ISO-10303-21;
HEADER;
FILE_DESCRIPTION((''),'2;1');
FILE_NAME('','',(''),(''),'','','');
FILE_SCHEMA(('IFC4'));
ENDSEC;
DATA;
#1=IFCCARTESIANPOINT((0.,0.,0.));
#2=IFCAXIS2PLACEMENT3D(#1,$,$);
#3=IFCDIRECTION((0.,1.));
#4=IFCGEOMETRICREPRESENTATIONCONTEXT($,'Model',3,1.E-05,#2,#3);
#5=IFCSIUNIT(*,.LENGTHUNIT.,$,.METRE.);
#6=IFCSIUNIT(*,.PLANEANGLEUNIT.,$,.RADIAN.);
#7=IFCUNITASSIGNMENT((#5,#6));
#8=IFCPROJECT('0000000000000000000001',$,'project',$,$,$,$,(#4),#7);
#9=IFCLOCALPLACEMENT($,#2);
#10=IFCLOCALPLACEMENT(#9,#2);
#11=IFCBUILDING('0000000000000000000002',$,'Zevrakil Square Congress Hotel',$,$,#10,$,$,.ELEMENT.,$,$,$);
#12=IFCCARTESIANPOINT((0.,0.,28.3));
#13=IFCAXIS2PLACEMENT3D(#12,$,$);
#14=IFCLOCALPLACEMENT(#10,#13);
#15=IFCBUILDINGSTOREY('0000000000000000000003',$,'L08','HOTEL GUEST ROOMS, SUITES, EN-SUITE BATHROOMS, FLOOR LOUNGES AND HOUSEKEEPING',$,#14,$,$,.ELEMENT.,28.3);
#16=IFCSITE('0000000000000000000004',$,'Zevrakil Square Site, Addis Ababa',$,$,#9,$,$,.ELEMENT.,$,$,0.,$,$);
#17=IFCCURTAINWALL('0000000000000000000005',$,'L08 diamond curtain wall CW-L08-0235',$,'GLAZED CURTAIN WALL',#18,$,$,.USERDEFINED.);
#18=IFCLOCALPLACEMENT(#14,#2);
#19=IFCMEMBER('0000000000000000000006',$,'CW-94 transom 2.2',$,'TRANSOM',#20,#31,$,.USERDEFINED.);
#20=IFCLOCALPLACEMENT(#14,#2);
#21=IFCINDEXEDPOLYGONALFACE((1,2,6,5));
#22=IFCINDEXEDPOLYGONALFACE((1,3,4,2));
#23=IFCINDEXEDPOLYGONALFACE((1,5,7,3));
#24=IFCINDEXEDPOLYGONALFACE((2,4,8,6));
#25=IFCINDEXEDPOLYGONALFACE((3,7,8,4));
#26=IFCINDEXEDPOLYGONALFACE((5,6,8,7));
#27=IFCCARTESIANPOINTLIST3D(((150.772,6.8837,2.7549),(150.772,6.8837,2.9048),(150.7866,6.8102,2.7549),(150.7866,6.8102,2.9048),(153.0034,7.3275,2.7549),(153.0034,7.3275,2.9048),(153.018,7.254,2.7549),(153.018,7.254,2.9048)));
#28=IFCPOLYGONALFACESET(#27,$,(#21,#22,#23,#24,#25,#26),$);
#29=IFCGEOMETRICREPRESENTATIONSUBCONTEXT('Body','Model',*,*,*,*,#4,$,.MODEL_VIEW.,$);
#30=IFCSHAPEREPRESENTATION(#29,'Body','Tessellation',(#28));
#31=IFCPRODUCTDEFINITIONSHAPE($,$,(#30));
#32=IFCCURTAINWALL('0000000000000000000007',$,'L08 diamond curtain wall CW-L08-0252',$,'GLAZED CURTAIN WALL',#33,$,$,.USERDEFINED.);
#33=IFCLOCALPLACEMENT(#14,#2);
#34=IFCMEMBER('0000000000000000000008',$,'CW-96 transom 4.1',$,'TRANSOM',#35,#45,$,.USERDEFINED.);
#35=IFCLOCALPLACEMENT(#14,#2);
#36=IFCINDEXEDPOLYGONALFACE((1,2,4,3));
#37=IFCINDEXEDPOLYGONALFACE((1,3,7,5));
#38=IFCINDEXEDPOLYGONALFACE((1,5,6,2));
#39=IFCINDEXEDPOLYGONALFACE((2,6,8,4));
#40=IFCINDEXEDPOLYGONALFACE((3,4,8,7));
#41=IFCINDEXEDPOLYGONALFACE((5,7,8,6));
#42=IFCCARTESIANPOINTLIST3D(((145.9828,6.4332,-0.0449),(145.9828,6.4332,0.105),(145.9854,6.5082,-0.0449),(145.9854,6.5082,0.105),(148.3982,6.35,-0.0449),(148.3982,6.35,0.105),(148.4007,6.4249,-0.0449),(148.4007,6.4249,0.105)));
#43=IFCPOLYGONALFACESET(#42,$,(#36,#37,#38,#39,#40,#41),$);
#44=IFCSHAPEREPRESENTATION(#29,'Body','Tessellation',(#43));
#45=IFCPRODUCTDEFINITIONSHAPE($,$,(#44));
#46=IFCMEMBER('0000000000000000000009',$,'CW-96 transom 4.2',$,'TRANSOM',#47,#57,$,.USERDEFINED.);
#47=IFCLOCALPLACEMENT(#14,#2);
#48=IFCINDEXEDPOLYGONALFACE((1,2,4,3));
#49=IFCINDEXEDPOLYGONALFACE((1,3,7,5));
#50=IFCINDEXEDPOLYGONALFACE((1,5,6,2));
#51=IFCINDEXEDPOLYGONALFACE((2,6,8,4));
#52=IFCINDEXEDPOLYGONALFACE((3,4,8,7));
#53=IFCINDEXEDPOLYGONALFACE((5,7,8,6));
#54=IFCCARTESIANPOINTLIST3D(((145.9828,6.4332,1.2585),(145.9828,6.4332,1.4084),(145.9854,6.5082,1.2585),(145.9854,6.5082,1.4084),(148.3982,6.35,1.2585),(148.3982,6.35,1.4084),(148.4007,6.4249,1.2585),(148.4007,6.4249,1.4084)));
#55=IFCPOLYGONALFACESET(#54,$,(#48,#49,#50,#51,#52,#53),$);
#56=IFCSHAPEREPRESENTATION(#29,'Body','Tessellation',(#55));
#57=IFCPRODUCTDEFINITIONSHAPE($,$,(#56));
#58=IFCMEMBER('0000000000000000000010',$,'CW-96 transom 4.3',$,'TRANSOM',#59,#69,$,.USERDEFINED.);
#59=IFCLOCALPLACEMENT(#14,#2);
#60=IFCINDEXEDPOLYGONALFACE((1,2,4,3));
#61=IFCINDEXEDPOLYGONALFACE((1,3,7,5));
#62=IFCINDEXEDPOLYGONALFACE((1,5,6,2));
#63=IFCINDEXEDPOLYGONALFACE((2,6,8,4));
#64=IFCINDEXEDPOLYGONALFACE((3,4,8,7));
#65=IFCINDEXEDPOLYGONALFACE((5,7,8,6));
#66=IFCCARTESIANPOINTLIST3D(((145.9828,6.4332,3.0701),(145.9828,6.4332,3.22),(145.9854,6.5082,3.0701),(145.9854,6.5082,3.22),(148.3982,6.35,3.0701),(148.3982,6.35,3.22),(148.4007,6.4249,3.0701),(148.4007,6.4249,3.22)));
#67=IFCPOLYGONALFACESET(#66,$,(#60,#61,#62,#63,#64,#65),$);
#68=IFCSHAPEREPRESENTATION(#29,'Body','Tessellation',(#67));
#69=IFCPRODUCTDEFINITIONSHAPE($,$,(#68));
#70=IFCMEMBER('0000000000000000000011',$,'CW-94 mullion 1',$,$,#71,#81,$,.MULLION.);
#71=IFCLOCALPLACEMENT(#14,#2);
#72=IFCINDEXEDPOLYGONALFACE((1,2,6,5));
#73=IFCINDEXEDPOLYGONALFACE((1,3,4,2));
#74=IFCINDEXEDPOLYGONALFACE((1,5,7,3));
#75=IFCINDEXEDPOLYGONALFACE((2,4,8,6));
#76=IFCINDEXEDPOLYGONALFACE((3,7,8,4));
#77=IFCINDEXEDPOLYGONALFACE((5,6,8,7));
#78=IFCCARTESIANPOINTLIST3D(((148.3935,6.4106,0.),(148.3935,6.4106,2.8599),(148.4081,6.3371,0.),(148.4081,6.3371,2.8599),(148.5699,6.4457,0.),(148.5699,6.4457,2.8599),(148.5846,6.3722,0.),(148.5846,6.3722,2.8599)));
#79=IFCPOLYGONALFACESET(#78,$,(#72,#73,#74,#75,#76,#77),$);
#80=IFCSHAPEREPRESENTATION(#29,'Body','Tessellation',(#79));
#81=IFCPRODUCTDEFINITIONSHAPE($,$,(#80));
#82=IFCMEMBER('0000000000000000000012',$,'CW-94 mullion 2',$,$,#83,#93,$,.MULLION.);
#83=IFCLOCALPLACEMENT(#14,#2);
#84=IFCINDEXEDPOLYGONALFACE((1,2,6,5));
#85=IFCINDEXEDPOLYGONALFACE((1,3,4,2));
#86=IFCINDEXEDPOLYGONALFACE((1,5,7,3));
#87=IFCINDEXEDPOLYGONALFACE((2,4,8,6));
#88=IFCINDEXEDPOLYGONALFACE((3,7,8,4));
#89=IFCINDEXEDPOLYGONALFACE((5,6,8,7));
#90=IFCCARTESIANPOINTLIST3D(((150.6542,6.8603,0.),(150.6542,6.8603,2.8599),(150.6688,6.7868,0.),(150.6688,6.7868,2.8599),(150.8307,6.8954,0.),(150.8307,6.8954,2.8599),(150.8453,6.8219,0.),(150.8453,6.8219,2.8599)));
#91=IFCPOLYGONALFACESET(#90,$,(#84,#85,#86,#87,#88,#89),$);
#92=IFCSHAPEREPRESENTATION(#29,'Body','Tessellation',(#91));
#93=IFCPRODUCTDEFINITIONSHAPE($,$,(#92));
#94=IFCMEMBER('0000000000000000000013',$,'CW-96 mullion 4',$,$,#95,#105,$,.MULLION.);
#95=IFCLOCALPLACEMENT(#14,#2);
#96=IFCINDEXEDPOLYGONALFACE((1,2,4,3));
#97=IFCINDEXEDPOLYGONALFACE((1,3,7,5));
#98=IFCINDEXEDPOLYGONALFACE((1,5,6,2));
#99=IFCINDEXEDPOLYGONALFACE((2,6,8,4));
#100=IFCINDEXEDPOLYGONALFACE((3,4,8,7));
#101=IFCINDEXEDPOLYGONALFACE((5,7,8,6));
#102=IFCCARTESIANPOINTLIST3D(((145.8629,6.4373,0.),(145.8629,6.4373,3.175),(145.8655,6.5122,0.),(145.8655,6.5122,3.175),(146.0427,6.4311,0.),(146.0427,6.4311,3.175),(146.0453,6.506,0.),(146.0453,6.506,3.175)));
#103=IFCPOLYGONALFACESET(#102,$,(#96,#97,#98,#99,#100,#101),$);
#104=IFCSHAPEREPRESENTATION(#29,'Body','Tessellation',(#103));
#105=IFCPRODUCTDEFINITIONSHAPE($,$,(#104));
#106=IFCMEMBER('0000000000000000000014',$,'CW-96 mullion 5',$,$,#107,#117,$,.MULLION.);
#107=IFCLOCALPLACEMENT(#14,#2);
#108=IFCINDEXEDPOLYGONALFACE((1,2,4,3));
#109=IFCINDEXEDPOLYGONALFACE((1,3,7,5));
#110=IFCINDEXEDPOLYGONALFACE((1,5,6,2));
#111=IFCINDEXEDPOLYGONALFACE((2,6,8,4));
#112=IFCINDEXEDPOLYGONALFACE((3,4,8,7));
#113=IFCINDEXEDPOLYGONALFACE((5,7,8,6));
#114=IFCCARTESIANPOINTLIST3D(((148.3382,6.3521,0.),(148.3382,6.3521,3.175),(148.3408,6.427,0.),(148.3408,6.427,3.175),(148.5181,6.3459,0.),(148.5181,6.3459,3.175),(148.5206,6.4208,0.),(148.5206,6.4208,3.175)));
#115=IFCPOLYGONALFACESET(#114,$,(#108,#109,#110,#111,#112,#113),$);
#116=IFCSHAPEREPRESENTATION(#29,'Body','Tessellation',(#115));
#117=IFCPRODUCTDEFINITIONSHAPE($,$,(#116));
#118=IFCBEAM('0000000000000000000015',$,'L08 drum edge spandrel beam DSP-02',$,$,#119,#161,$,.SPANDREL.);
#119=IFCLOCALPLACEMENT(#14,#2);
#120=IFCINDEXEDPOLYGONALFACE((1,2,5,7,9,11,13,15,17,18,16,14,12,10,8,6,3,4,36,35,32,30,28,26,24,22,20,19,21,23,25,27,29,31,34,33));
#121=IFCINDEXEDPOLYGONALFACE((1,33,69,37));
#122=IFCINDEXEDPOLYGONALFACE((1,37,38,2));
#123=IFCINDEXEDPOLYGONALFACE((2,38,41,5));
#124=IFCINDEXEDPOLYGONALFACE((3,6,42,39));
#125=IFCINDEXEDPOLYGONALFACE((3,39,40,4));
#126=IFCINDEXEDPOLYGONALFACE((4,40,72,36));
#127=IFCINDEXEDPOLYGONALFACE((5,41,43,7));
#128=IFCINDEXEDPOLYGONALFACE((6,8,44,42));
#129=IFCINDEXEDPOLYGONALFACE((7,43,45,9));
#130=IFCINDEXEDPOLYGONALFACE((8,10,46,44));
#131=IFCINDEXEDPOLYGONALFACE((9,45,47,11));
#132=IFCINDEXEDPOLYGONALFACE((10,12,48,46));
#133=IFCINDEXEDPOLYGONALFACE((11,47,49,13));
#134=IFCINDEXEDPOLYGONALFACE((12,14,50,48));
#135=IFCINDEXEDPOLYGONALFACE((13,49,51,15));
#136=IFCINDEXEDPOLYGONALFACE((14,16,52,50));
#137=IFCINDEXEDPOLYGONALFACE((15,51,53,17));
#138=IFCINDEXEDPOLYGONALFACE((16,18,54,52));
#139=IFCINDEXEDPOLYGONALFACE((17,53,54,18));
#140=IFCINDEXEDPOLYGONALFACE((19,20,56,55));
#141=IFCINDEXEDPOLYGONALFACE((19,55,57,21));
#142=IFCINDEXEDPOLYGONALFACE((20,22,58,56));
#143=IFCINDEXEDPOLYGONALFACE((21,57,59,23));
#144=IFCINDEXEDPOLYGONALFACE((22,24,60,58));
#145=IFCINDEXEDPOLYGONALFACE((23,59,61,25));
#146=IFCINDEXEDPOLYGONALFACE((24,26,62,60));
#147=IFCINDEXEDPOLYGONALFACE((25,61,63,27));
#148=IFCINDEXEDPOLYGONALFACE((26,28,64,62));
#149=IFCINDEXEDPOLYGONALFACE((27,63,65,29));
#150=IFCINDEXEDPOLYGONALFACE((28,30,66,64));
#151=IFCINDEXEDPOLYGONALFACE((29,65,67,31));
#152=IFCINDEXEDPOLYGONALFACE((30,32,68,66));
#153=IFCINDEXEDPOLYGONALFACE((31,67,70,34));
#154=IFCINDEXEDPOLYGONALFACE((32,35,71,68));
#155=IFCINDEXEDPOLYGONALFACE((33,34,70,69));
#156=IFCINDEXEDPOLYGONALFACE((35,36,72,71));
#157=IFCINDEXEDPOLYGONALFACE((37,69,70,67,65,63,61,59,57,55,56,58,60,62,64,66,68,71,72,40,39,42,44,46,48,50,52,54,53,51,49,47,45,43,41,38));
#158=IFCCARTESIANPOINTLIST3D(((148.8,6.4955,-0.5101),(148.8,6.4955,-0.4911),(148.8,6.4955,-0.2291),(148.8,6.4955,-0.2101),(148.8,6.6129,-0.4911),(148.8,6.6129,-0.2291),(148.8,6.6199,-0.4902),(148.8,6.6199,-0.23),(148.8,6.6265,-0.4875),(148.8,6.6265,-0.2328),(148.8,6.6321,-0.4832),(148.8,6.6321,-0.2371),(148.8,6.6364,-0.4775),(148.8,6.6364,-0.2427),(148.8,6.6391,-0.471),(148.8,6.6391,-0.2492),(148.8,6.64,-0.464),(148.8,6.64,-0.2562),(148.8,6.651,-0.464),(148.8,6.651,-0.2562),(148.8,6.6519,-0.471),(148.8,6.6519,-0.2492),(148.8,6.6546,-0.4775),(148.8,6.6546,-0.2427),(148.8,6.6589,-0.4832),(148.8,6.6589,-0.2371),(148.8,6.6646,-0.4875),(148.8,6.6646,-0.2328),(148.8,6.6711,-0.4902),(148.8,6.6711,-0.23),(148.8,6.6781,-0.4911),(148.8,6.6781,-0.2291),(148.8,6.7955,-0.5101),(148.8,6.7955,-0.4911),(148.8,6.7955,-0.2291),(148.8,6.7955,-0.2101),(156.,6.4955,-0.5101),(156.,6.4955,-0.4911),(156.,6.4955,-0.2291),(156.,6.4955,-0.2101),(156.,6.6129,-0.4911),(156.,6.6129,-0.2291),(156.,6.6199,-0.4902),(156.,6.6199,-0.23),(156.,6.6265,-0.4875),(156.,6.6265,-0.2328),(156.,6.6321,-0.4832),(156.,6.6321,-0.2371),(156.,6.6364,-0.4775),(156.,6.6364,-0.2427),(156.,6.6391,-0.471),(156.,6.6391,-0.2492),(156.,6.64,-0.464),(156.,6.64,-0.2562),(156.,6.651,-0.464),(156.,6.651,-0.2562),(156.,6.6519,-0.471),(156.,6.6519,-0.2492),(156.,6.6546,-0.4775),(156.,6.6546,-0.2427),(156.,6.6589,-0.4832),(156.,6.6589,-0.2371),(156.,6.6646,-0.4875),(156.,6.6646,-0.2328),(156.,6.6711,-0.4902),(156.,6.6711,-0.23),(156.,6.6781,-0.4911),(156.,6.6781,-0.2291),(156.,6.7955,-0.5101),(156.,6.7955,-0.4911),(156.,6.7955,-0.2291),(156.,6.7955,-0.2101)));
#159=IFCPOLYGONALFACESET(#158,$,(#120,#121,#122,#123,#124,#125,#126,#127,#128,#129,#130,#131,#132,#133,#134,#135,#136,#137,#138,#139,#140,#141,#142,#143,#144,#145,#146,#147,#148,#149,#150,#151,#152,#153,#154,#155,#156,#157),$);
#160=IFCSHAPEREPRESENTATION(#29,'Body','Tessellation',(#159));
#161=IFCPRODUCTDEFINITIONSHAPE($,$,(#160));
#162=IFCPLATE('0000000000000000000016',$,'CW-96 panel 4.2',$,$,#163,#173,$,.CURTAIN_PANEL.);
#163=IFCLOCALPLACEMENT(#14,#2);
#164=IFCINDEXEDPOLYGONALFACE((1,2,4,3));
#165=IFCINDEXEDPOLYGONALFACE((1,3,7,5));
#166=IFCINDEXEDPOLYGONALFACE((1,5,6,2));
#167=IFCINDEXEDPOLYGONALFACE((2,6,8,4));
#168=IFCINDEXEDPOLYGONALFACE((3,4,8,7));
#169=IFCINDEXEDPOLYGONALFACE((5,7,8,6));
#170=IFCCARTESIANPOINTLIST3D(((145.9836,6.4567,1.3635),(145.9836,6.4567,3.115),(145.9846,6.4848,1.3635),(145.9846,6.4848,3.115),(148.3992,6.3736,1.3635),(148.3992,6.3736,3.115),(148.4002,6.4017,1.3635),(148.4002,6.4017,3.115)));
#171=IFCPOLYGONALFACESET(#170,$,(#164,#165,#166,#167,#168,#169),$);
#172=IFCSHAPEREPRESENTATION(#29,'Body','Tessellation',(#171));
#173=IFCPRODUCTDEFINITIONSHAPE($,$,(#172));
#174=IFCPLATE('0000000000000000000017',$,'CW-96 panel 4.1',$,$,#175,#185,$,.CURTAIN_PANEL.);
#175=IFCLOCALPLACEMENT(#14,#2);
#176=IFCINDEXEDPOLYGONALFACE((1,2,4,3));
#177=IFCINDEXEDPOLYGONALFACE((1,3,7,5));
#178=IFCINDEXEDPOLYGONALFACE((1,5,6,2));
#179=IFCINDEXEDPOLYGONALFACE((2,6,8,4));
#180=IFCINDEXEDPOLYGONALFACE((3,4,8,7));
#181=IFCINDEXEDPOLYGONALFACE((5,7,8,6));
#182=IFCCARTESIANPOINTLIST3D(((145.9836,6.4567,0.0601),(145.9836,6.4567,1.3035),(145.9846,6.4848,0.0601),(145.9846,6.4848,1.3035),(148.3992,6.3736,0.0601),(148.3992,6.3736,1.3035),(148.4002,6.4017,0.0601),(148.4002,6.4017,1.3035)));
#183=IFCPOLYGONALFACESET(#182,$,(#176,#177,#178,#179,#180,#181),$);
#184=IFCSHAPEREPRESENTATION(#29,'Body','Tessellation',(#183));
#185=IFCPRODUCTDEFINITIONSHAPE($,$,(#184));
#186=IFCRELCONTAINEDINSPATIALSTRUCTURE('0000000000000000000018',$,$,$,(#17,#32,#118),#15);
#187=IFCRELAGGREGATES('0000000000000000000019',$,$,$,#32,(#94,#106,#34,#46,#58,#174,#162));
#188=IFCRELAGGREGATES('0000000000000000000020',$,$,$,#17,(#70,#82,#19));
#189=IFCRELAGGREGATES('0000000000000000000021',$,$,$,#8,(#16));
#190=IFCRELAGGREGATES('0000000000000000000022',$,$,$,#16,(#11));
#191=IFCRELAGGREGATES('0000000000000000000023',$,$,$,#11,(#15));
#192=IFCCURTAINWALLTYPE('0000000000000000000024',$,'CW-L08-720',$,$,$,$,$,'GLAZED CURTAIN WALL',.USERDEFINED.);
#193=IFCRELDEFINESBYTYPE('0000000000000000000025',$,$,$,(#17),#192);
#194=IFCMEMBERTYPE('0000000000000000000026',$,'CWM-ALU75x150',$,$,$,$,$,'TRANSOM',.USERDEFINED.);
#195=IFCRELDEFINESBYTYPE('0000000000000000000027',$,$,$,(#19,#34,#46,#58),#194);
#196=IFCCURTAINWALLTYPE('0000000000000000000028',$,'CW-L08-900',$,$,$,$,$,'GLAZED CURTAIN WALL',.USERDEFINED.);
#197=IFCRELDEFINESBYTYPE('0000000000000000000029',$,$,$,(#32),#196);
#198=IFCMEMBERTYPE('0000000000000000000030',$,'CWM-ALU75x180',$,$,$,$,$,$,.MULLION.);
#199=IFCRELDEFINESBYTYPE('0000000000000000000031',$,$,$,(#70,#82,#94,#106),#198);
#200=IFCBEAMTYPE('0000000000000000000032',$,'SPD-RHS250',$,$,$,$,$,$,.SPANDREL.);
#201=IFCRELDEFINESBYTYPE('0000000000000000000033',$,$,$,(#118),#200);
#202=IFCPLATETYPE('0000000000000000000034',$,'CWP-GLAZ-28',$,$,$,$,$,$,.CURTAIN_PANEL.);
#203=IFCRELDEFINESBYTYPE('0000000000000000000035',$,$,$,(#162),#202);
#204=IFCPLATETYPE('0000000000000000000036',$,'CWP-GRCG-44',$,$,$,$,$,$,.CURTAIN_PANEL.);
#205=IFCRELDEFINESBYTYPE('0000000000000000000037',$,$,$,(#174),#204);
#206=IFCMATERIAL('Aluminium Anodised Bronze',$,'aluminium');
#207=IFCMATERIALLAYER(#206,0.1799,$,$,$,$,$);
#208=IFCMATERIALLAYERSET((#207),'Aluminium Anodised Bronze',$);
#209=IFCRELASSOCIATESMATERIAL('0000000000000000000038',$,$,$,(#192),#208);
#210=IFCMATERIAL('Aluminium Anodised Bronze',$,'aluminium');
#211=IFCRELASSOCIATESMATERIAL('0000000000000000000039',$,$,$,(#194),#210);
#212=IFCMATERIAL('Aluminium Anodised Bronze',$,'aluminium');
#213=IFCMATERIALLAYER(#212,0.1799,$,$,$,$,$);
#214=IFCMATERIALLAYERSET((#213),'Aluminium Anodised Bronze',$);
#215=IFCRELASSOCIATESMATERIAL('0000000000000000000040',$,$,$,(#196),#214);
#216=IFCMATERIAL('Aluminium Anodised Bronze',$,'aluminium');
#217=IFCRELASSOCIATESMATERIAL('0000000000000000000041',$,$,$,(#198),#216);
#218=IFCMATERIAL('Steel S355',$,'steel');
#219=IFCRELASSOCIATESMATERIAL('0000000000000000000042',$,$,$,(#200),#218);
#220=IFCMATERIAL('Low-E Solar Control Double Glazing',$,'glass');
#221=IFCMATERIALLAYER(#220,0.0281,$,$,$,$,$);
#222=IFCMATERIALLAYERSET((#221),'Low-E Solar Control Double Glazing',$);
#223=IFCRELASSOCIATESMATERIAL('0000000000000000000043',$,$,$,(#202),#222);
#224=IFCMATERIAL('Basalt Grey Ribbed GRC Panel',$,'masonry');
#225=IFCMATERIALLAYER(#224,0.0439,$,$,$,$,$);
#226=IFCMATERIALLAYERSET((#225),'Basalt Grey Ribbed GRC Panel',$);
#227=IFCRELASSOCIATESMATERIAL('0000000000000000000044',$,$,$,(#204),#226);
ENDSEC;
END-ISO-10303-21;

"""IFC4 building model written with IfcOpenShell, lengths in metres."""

from ifc_helpers import new_model, si_unit, direction, frame, origin, origin_2d, place, context, subcontext, project, spatial, rectangle, i_section, extrude, material, layer, layer_set, material_profile, profile_set, type_object, element, aggregate, save


model = new_model("IFC4")

# Units and contexts
model_context = context("Model", 3, precision=1e-05, world=origin(), true_north=direction((0.0, 1.0)))
body_context = subcontext(model_context, "Body", "Model", "MODEL_VIEW")
ifc_project = project(units=[si_unit("LENGTHUNIT", "METRE"), si_unit("PLANEANGLEUNIT", "RADIAN")], contexts=[model_context])

# Site, building, storey
site_placement = place(None, origin())
site = spatial("IfcSite", under=ifc_project, at=site_placement, Name="Zevrakil Square Site, Addis Ababa", CompositionType="ELEMENT", RefElevation=0.0)
building_placement = place(site_placement, origin())
building = spatial("IfcBuilding", under=site, at=building_placement, Name="Zevrakil Square Congress Hotel", CompositionType="ELEMENT")
storey_placement = place(building_placement, frame((0.0, 0.0, 28.3)))
storey = spatial("IfcBuildingStorey", under=building, at=storey_placement, Name="L08", Description="HOTEL GUEST ROOMS, SUITES, EN-SUITE BATHROOMS, FLOOR LOUNGES AND HOUSEKEEPING", CompositionType="ELEMENT", Elevation=28.3)

# Curtain walls, members
ifc_material_1 = material(Name="Aluminium Anodised Bronze", Category="aluminium")
ifc_layer_1 = layer(ifc_material_1, 0.1799)
ifc_layer_set_1 = layer_set([ifc_layer_1], Name="Aluminium Anodised Bronze")
curtain_wall_type_1 = type_object("IfcCurtainWallType", Name="CW-L08-720", ElementType="GLAZED CURTAIN WALL", PredefinedType="USERDEFINED", material=ifc_layer_set_1)
curtain_wall_1_placement = place(storey_placement, origin())
curtain_wall_1 = element("IfcCurtainWall", 1, at=curtain_wall_1_placement, inside=storey, type_object=curtain_wall_type_1, Name="L08 diamond curtain wall CW-L08-0235", ObjectType="GLAZED CURTAIN WALL", PredefinedType="USERDEFINED")
ifc_material_2 = material(Name="Aluminium Anodised Bronze", Category="aluminium")
ifc_material_profile_1 = material_profile(ifc_material_2, rectangle(XDim=0.075, YDim=0.1499, at=origin_2d()), Name="ALU 75x150")
ifc_profile_set_1 = profile_set([ifc_material_profile_1], Name="Aluminium Anodised Bronze")
member_type_1 = type_object("IfcMemberType", Name="CWM-ALU75x150", ElementType="TRANSOM", PredefinedType="USERDEFINED", material=ifc_profile_set_1)
member_1_placement = place(storey_placement, frame((150.7793, 6.8469, 2.8298), z_axis=(0.980786, 0.195084, 0.0), x_axis=(-0.195084, 0.980786, 0.0)))
member_1 = element("IfcMember", 2, at=member_1_placement, type_object=member_type_1, Name="CW-94 transom 2.2", ObjectType="TRANSOM", PredefinedType="USERDEFINED", context=body_context, shape_type="SweptSolid", body=[
    extrude(rectangle(XDim=0.075, YDim=0.1499, at=origin_2d()), origin(), (0.0, 0.0, 1.0), 2.2751),
])
ifc_material_3 = material(Name="Aluminium Anodised Bronze", Category="aluminium")
ifc_layer_2 = layer(ifc_material_3, 0.1799)
ifc_layer_set_2 = layer_set([ifc_layer_2], Name="Aluminium Anodised Bronze")
curtain_wall_type_2 = type_object("IfcCurtainWallType", Name="CW-L08-900", ElementType="GLAZED CURTAIN WALL", PredefinedType="USERDEFINED", material=ifc_layer_set_2)
curtain_wall_2_placement = place(storey_placement, origin())
curtain_wall_2 = element("IfcCurtainWall", 3, at=curtain_wall_2_placement, inside=storey, type_object=curtain_wall_type_2, Name="L08 diamond curtain wall CW-L08-0252", ObjectType="GLAZED CURTAIN WALL", PredefinedType="USERDEFINED")
member_2_placement = place(storey_placement, frame((145.9841, 6.4707, 0.03), z_axis=(0.999406, -0.034448, 0.0), x_axis=(0.034448, 0.999406, 0.0)))
member_2 = element("IfcMember", 4, at=member_2_placement, type_object=member_type_1, Name="CW-96 transom 4.1", ObjectType="TRANSOM", PredefinedType="USERDEFINED", context=body_context, shape_type="SweptSolid", body=[
    extrude(rectangle(XDim=0.075, YDim=0.1499, at=origin_2d()), origin(), (0.0, 0.0, 1.0), 2.4167),
])
member_3_placement = place(storey_placement, frame((145.9841, 6.4707, 1.3335), z_axis=(0.999406, -0.034448, 0.0), x_axis=(0.034448, 0.999406, 0.0)))
member_3 = element("IfcMember", 5, at=member_3_placement, type_object=member_type_1, Name="CW-96 transom 4.2", ObjectType="TRANSOM", PredefinedType="USERDEFINED", context=body_context, shape_type="SweptSolid", body=[
    extrude(rectangle(XDim=0.075, YDim=0.1499, at=origin_2d()), origin(), (0.0, 0.0, 1.0), 2.4167),
])
member_4_placement = place(storey_placement, frame((145.9841, 6.4707, 3.145), z_axis=(0.999406, -0.034448, 0.0), x_axis=(0.034448, 0.999406, 0.0)))
member_4 = element("IfcMember", 6, at=member_4_placement, type_object=member_type_1, Name="CW-96 transom 4.3", ObjectType="TRANSOM", PredefinedType="USERDEFINED", context=body_context, shape_type="SweptSolid", body=[
    extrude(rectangle(XDim=0.075, YDim=0.1499, at=origin_2d()), origin(), (0.0, 0.0, 1.0), 2.4167),
])

# Members
ifc_material_4 = material(Name="Aluminium Anodised Bronze", Category="aluminium")
ifc_material_profile_2 = material_profile(ifc_material_4, rectangle(XDim=0.075, YDim=0.1799, at=origin_2d()), Name="ALU 75x180")
ifc_profile_set_2 = profile_set([ifc_material_profile_2], Name="Aluminium Anodised Bronze")
member_type_2 = type_object("IfcMemberType", Name="CWM-ALU75x180", PredefinedType="MULLION", material=ifc_profile_set_2)
member_5_placement = place(storey_placement, frame((148.489, 6.3914, 0.0), z_axis=(0.0, 0.0, 1.0), x_axis=(-0.195084, 0.980787, 0.0)))
member_5 = element("IfcMember", 7, at=member_5_placement, type_object=member_type_2, Name="CW-94 mullion 1", PredefinedType="MULLION", context=body_context, shape_type="SweptSolid", body=[
    extrude(rectangle(XDim=0.075, YDim=0.1799, at=origin_2d()), origin(), (0.0, 0.0, 1.0), 2.8599),
])
member_6_placement = place(storey_placement, frame((150.7498, 6.8411, 0.0), z_axis=(0.0, 0.0, 1.0), x_axis=(-0.195084, 0.980787, 0.0)))
member_6 = element("IfcMember", 8, at=member_6_placement, type_object=member_type_2, Name="CW-94 mullion 2", PredefinedType="MULLION", context=body_context, shape_type="SweptSolid", body=[
    extrude(rectangle(XDim=0.075, YDim=0.1799, at=origin_2d()), origin(), (0.0, 0.0, 1.0), 2.8599),
])
member_7_placement = place(storey_placement, frame((145.9541, 6.4717, 0.0), z_axis=(0.0, 0.0, 1.0), x_axis=(0.034405, 0.999408, 0.0)))
member_7 = element("IfcMember", 9, at=member_7_placement, type_object=member_type_2, Name="CW-96 mullion 4", PredefinedType="MULLION", context=body_context, shape_type="SweptSolid", body=[
    extrude(rectangle(XDim=0.075, YDim=0.1799, at=origin_2d()), origin(), (0.0, 0.0, 1.0), 3.175),
])
member_8_placement = place(storey_placement, frame((148.4294, 6.3865, 0.0), z_axis=(0.0, 0.0, 1.0), x_axis=(0.034405, 0.999408, 0.0)))
member_8 = element("IfcMember", 10, at=member_8_placement, type_object=member_type_2, Name="CW-96 mullion 5", PredefinedType="MULLION", context=body_context, shape_type="SweptSolid", body=[
    extrude(rectangle(XDim=0.075, YDim=0.1799, at=origin_2d()), origin(), (0.0, 0.0, 1.0), 3.175),
])

# Beam
ifc_material_5 = material(Name="Steel S355", Category="steel")
ifc_material_profile_3 = material_profile(ifc_material_5, i_section(OverallWidth=0.3, OverallDepth=0.3, WebThickness=0.011, FlangeThickness=0.019, FilletRadius=0.0271, at=origin_2d()), Name="HEB 300")
ifc_profile_set_3 = profile_set([ifc_material_profile_3], Name="Steel S355")
beam_type_1 = type_object("IfcBeamType", Name="SPD-RHS250", PredefinedType="SPANDREL", material=ifc_profile_set_3)
beam_1_placement = place(storey_placement, frame((148.8, 6.6455, -0.3601), z_axis=(1.0, 0.0, 0.0), x_axis=(0.0, 1.0, 0.0)))
element("IfcBeam", 11, at=beam_1_placement, inside=storey, type_object=beam_type_1, Name="L08 drum edge spandrel beam DSP-02", PredefinedType="SPANDREL", context=body_context, shape_type="SweptSolid", body=[
    extrude(i_section(OverallWidth=0.3, OverallDepth=0.3, WebThickness=0.011, FlangeThickness=0.019, FilletRadius=0.0271, at=origin_2d()), origin(), (0.0, 0.0, 1.0), 7.2),
])

# Plates
ifc_material_6 = material(Name="Low-E Solar Control Double Glazing", Category="glass")
ifc_layer_3 = layer(ifc_material_6, 0.0281)
ifc_layer_set_3 = layer_set([ifc_layer_3], Name="Low-E Solar Control Double Glazing")
plate_type_1 = type_object("IfcPlateType", Name="CWP-GLAZ-28", PredefinedType="CURTAIN_PANEL", material=ifc_layer_set_3)
plate_1_placement = place(storey_placement, frame((147.1919, 6.4292, 1.3635), z_axis=(0.0, 0.0, 1.0), x_axis=(0.999408, -0.034405, 0.0)))
plate_1 = element("IfcPlate", 12, at=plate_1_placement, type_object=plate_type_1, Name="CW-96 panel 4.2", PredefinedType="CURTAIN_PANEL", context=body_context, shape_type="SweptSolid", body=[
    extrude(rectangle(XDim=2.417, YDim=0.0281, at=origin_2d()), origin(), (0.0, 0.0, 1.0), 1.7515),
])
ifc_material_7 = material(Name="Basalt Grey Ribbed GRC Panel", Category="masonry")
ifc_layer_4 = layer(ifc_material_7, 0.0439)
ifc_layer_set_4 = layer_set([ifc_layer_4], Name="Basalt Grey Ribbed GRC Panel")
plate_type_2 = type_object("IfcPlateType", Name="CWP-GRCG-44", PredefinedType="CURTAIN_PANEL", material=ifc_layer_set_4)
plate_2_placement = place(storey_placement, frame((147.1919, 6.4292, 0.0601), z_axis=(0.0, 0.0, 1.0), x_axis=(0.999408, -0.034405, 0.0)))
plate_2 = element("IfcPlate", 13, at=plate_2_placement, type_object=plate_type_2, Name="CW-96 panel 4.1", PredefinedType="CURTAIN_PANEL", context=body_context, shape_type="SweptSolid", body=[
    extrude(rectangle(XDim=2.417, YDim=0.0281, at=origin_2d()), origin(), (0.0, 0.0, 1.0), 1.2434),
])
aggregate(curtain_wall_2, [member_7, member_8, member_2, member_3, member_4, plate_2, plate_1])
aggregate(curtain_wall_1, [member_5, member_6, member_1])

save(model, "model.ifc")
